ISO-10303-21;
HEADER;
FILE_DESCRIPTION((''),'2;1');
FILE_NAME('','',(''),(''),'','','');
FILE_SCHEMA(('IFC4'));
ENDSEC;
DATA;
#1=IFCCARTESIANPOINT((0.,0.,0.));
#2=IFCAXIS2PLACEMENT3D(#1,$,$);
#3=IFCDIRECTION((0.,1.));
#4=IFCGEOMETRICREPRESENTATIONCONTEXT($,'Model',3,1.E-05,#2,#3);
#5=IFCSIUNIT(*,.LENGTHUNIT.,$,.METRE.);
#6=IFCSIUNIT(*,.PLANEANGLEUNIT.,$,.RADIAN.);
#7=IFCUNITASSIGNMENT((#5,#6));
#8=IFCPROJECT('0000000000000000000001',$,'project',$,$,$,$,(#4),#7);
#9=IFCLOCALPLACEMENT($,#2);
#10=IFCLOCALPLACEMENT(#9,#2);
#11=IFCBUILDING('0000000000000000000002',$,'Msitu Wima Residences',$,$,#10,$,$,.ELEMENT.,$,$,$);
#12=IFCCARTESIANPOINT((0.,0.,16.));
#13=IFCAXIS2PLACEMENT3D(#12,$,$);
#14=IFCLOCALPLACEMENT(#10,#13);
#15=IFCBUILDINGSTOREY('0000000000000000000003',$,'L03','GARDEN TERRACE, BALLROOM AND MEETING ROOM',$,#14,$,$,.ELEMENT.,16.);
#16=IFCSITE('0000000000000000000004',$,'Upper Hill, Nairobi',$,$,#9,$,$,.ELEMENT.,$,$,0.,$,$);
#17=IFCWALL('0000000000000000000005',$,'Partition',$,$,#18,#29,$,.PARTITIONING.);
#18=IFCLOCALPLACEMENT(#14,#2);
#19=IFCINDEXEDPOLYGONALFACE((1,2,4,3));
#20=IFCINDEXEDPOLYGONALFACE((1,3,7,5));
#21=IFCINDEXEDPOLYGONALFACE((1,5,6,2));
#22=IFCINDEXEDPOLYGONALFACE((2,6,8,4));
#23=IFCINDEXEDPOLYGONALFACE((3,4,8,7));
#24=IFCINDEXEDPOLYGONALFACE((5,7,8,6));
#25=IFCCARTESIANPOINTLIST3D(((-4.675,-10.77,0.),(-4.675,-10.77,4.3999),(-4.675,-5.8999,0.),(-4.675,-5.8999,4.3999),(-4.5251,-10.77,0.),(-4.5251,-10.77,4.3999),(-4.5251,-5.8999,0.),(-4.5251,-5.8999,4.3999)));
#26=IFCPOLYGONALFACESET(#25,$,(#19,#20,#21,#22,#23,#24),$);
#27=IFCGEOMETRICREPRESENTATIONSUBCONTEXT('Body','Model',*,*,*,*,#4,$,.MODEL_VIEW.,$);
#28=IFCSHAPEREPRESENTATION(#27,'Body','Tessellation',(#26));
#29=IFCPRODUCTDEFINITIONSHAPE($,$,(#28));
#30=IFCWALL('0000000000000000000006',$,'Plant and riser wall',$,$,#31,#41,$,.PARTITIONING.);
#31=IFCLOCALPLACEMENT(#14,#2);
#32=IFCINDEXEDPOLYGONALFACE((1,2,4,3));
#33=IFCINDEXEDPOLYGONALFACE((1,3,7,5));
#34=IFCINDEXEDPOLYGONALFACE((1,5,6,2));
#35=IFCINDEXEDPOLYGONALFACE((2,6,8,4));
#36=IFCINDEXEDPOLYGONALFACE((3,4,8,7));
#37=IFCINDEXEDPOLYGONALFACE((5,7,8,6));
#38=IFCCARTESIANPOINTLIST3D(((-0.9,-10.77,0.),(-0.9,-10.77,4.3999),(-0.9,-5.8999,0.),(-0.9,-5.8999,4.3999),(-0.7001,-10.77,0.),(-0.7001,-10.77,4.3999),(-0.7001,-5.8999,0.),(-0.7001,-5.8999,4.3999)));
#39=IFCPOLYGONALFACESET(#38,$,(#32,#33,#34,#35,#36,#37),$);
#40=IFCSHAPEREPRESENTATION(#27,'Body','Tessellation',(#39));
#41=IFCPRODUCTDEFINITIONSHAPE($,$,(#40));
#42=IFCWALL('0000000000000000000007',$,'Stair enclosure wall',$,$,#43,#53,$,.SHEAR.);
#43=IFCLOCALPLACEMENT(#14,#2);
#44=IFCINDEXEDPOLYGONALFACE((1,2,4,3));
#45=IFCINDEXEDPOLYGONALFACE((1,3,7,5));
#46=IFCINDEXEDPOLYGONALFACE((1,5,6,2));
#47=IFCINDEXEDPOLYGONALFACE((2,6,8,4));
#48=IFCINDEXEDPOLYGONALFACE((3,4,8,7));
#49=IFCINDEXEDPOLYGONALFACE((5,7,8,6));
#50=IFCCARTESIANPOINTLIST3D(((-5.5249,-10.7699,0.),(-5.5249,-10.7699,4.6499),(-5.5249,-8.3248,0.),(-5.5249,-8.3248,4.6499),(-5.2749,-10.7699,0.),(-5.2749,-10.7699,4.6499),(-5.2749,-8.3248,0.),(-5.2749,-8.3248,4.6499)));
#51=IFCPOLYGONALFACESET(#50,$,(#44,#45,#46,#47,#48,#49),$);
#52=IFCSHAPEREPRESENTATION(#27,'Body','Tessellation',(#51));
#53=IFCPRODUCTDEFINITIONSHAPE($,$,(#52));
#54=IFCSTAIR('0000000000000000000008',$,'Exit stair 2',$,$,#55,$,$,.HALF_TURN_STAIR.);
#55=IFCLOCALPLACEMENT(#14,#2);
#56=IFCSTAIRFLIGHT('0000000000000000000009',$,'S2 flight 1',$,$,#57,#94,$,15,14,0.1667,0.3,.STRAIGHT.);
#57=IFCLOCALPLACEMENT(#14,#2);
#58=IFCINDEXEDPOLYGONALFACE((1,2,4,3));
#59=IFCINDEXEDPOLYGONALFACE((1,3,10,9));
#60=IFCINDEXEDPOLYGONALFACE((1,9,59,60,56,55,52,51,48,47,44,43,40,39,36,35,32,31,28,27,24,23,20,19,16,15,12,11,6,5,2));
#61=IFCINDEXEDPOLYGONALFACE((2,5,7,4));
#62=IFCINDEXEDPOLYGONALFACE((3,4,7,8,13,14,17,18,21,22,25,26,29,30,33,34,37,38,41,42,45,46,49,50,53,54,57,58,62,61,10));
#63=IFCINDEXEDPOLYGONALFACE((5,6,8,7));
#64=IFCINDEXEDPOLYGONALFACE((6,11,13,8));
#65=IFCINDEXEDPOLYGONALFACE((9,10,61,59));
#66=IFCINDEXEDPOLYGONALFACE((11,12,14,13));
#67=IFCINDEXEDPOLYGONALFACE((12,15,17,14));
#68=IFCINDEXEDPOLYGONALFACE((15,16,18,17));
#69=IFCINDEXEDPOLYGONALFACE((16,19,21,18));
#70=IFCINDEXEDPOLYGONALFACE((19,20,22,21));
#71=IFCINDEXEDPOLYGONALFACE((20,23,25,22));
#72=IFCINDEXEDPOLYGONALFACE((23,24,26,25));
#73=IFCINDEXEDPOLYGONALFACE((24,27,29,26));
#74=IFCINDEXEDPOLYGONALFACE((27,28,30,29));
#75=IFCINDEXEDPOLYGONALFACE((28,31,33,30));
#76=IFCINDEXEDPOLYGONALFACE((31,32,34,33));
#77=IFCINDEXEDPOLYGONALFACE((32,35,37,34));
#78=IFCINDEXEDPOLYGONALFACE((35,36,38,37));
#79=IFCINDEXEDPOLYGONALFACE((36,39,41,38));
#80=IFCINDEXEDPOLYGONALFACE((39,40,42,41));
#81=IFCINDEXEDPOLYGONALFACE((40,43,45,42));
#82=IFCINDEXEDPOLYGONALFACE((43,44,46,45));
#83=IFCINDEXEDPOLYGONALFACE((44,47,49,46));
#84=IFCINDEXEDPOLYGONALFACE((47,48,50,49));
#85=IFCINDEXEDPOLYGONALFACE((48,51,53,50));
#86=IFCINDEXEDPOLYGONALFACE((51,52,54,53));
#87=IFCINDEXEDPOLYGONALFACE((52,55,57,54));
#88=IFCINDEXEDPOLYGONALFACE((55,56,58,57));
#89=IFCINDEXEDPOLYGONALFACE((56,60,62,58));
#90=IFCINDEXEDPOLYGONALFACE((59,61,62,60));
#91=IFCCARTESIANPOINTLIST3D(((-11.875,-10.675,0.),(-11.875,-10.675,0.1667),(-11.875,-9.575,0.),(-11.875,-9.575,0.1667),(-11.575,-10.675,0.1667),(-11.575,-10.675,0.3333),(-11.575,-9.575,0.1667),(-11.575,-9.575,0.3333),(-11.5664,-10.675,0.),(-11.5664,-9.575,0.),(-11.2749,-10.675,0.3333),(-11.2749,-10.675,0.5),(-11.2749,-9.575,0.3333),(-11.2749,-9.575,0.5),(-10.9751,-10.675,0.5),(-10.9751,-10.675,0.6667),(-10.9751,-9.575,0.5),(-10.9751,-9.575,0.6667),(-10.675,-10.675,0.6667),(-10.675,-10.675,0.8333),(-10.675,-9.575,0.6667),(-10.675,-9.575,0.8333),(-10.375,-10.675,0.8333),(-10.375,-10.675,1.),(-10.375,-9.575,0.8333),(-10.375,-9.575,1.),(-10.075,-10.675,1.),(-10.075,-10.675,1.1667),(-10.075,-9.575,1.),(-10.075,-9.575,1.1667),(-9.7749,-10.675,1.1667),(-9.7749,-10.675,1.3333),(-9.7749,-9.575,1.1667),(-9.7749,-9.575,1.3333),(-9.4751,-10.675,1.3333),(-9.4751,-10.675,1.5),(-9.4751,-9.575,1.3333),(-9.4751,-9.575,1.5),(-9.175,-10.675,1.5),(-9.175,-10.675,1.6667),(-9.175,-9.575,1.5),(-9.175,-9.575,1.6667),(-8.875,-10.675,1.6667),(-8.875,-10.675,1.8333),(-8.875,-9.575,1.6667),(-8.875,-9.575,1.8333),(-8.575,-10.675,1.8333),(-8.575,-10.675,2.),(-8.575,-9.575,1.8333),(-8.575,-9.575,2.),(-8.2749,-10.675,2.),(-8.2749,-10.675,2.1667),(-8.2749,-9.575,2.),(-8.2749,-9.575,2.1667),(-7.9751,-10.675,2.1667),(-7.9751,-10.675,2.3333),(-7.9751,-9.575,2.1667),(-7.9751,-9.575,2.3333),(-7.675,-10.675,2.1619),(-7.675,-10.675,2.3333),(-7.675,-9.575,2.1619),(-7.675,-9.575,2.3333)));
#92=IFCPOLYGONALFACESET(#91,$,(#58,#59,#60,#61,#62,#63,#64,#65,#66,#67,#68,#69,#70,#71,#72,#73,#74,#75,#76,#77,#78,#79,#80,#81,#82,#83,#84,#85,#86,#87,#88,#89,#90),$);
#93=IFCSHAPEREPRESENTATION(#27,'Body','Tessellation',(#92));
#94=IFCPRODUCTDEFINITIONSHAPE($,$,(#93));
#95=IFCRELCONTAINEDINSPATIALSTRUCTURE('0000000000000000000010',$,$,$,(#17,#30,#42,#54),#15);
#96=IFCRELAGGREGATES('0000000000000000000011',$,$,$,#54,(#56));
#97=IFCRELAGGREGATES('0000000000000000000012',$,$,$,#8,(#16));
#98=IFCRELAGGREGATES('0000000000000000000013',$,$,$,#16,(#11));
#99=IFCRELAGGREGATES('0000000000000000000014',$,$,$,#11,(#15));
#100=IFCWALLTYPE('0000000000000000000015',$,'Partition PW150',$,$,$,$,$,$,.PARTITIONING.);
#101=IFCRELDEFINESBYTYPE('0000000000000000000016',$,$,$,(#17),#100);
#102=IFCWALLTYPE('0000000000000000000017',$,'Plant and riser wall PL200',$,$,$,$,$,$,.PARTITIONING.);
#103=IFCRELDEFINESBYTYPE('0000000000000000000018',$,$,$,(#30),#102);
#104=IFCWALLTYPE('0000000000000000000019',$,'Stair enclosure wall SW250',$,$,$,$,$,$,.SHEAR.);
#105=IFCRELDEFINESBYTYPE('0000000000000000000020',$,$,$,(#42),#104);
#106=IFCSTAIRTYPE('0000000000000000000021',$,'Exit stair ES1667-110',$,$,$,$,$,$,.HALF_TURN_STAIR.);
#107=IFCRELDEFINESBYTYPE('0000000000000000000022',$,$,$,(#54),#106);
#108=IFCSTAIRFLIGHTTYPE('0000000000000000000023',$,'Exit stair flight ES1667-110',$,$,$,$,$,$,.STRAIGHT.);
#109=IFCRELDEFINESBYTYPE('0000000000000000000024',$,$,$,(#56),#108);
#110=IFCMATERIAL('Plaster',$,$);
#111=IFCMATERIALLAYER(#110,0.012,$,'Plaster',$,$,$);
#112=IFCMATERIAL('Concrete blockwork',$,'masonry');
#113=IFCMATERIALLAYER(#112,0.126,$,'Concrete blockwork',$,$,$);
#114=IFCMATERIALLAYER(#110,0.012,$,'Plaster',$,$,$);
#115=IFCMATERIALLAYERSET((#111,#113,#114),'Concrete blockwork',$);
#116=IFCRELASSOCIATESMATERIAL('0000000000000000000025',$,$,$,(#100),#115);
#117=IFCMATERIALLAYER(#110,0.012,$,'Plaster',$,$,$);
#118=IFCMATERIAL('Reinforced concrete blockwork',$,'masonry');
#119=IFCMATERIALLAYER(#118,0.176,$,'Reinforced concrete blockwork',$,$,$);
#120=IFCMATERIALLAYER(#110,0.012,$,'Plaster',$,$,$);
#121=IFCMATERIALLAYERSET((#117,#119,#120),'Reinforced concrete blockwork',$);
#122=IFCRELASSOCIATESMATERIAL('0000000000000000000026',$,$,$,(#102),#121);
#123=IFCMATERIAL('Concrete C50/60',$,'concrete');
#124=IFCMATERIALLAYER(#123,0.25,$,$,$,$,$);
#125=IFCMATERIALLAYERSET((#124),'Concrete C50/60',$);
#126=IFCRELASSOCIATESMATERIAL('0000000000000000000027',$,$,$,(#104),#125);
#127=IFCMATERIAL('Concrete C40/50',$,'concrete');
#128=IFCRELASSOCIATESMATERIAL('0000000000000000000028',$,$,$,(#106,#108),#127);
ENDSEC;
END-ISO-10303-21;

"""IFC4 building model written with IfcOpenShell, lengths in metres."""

from ifc_helpers import new_model, si_unit, direction, frame, frame_2d, origin, place, context, subcontext, project, spatial, polyline, rectangle, outline, extrude, material, layer, layer_set, type_object, element, aggregate, save


model = new_model("IFC4")

# Units and contexts
model_context = context("Model", 3, precision=1e-05, world=origin(), true_north=direction((0.0, 1.0)))
body_context = subcontext(model_context, "Body", "Model", "MODEL_VIEW")
ifc_project = project(units=[si_unit("LENGTHUNIT", "METRE"), si_unit("PLANEANGLEUNIT", "RADIAN")], contexts=[model_context])

# Site, building, storey
site_placement = place(None, origin())
site = spatial("IfcSite", under=ifc_project, at=site_placement, Name="Upper Hill, Nairobi", CompositionType="ELEMENT", RefElevation=0.0)
building_placement = place(site_placement, origin())
building = spatial("IfcBuilding", under=site, at=building_placement, Name="Msitu Wima Residences", CompositionType="ELEMENT")
storey_placement = place(building_placement, frame((0.0, 0.0, 16.0)))
storey = spatial("IfcBuildingStorey", under=building, at=storey_placement, Name="L03", Description="GARDEN TERRACE, BALLROOM AND MEETING ROOM", CompositionType="ELEMENT", Elevation=16.0)

# Shared definitions
ifc_material_1 = material(Name="Concrete C40/50", Category="concrete")

# Shared definitions
ifc_material_2 = material(Name="Plaster")
ifc_material_3 = material(Name="Concrete blockwork", Category="masonry")

# Walls
ifc_layer_1 = layer(ifc_material_2, 0.012, Name="Plaster")
ifc_layer_2 = layer(ifc_material_3, 0.126, Name="Concrete blockwork")
ifc_layer_3 = layer(ifc_material_2, 0.012, Name="Plaster")
ifc_layer_set_1 = layer_set([ifc_layer_1, ifc_layer_2, ifc_layer_3], Name="Concrete blockwork")
wall_type_1 = type_object("IfcWallType", Name="Partition PW150", PredefinedType="PARTITIONING", material=ifc_layer_set_1)
wall_1_placement = place(storey_placement, frame((-4.6001, -10.77, 0.0), z_axis=(0.0, 0.0, 1.0), x_axis=(0.0, 1.0, 0.0)))
element("IfcWall", 1, at=wall_1_placement, inside=storey, type_object=wall_type_1, Name="Partition", PredefinedType="PARTITIONING", context=body_context, shape_type="SweptSolid", body=[
    extrude(rectangle(XDim=4.8701, YDim=0.1499, at=frame_2d((2.4351, 0.0))), origin(), (0.0, 0.0, 1.0), 4.3999),
])
ifc_layer_4 = layer(ifc_material_2, 0.012, Name="Plaster")
ifc_material_4 = material(Name="Reinforced concrete blockwork", Category="masonry")
ifc_layer_5 = layer(ifc_material_4, 0.176, Name="Reinforced concrete blockwork")
ifc_layer_6 = layer(ifc_material_2, 0.012, Name="Plaster")
ifc_layer_set_2 = layer_set([ifc_layer_4, ifc_layer_5, ifc_layer_6], Name="Reinforced concrete blockwork")
wall_type_2 = type_object("IfcWallType", Name="Plant and riser wall PL200", PredefinedType="PARTITIONING", material=ifc_layer_set_2)
wall_2_placement = place(storey_placement, frame((-0.8, -10.77, 0.0), z_axis=(0.0, 0.0, 1.0), x_axis=(0.0, 1.0, 0.0)))
element("IfcWall", 2, at=wall_2_placement, inside=storey, type_object=wall_type_2, Name="Plant and riser wall", PredefinedType="PARTITIONING", context=body_context, shape_type="SweptSolid", body=[
    extrude(rectangle(XDim=4.8701, YDim=0.2, at=frame_2d((2.4351, 0.0))), origin(), (0.0, 0.0, 1.0), 4.3999),
])
ifc_material_5 = material(Name="Concrete C50/60", Category="concrete")
ifc_layer_7 = layer(ifc_material_5, 0.25)
ifc_layer_set_3 = layer_set([ifc_layer_7], Name="Concrete C50/60")
wall_type_3 = type_object("IfcWallType", Name="Stair enclosure wall SW250", PredefinedType="SHEAR", material=ifc_layer_set_3)
wall_3_placement = place(storey_placement, frame((-5.3999, -10.77, 0.0), z_axis=(0.0, 0.0, 1.0), x_axis=(0.0, 1.0, 0.0)))
element("IfcWall", 3, at=wall_3_placement, inside=storey, type_object=wall_type_3, Name="Stair enclosure wall", PredefinedType="SHEAR", context=body_context, shape_type="SweptSolid", body=[
    extrude(rectangle(XDim=2.4451, YDim=0.25, at=frame_2d((1.2227, 0.0))), origin(), (0.0, 0.0, 1.0), 4.6499),
])

# Stair, stair flight
stair_type = type_object("IfcStairType", Name="Exit stair ES1667-110", PredefinedType="HALF_TURN_STAIR", material=ifc_material_1)
stair_placement = place(storey_placement, origin())
stair = element("IfcStair", 4, at=stair_placement, inside=storey, type_object=stair_type, Name="Exit stair 2", PredefinedType="HALF_TURN_STAIR")
stair_flight_type = type_object("IfcStairFlightType", Name="Exit stair flight ES1667-110", PredefinedType="STRAIGHT", material=ifc_material_1)
stair_flight_placement = place(storey_placement, frame((-11.875, -10.125, 0.0), z_axis=(0.0, 0.0, 1.0), x_axis=(1.0, 0.0, 0.0)))
stair_flight = element("IfcStairFlight", 5, at=stair_flight_placement, type_object=stair_flight_type, Name="S2 flight 1", NumberOfRisers=15, NumberOfTreads=14, PredefinedType="STRAIGHT", RiserHeight=0.1667, TreadLength=0.3, context=body_context, shape_type="SweptSolid", body=[
    extrude(outline(polyline([(0.0, 0.0), (0.0, 0.1667), (0.3, 0.1667), (0.3, 0.3333), (0.6001, 0.3333), (0.6001, 0.5), (0.8999, 0.5), (0.8999, 0.6667), (1.2, 0.6667), (1.2, 0.8333), (1.5, 0.8333), (1.5, 1.0), (1.8, 1.0), (1.8, 1.1667), (2.1001, 1.1667), (2.1001, 1.3333), (2.3999, 1.3333), (2.3999, 1.5), (2.7, 1.5), (2.7, 1.6667), (3.0, 1.6667), (3.0, 1.8333), (3.3, 1.8333), (3.3, 2.0), (3.6001, 2.0), (3.6001, 2.1667), (3.8999, 2.1667), (3.8999, 2.3333), (4.2, 2.3333), (4.2, 2.5), (4.2, 2.1619), (0.3086, 0.0), (0.0, 0.0)])), frame((0.0, 0.55, 0.0), z_axis=(0.0, -1.0, 0.0), x_axis=(1.0, 0.0, 0.0)), (0.0, 0.0, 1.0), 1.1001),
])
aggregate(stair, [stair_flight])

save(model, "model.ifc")
